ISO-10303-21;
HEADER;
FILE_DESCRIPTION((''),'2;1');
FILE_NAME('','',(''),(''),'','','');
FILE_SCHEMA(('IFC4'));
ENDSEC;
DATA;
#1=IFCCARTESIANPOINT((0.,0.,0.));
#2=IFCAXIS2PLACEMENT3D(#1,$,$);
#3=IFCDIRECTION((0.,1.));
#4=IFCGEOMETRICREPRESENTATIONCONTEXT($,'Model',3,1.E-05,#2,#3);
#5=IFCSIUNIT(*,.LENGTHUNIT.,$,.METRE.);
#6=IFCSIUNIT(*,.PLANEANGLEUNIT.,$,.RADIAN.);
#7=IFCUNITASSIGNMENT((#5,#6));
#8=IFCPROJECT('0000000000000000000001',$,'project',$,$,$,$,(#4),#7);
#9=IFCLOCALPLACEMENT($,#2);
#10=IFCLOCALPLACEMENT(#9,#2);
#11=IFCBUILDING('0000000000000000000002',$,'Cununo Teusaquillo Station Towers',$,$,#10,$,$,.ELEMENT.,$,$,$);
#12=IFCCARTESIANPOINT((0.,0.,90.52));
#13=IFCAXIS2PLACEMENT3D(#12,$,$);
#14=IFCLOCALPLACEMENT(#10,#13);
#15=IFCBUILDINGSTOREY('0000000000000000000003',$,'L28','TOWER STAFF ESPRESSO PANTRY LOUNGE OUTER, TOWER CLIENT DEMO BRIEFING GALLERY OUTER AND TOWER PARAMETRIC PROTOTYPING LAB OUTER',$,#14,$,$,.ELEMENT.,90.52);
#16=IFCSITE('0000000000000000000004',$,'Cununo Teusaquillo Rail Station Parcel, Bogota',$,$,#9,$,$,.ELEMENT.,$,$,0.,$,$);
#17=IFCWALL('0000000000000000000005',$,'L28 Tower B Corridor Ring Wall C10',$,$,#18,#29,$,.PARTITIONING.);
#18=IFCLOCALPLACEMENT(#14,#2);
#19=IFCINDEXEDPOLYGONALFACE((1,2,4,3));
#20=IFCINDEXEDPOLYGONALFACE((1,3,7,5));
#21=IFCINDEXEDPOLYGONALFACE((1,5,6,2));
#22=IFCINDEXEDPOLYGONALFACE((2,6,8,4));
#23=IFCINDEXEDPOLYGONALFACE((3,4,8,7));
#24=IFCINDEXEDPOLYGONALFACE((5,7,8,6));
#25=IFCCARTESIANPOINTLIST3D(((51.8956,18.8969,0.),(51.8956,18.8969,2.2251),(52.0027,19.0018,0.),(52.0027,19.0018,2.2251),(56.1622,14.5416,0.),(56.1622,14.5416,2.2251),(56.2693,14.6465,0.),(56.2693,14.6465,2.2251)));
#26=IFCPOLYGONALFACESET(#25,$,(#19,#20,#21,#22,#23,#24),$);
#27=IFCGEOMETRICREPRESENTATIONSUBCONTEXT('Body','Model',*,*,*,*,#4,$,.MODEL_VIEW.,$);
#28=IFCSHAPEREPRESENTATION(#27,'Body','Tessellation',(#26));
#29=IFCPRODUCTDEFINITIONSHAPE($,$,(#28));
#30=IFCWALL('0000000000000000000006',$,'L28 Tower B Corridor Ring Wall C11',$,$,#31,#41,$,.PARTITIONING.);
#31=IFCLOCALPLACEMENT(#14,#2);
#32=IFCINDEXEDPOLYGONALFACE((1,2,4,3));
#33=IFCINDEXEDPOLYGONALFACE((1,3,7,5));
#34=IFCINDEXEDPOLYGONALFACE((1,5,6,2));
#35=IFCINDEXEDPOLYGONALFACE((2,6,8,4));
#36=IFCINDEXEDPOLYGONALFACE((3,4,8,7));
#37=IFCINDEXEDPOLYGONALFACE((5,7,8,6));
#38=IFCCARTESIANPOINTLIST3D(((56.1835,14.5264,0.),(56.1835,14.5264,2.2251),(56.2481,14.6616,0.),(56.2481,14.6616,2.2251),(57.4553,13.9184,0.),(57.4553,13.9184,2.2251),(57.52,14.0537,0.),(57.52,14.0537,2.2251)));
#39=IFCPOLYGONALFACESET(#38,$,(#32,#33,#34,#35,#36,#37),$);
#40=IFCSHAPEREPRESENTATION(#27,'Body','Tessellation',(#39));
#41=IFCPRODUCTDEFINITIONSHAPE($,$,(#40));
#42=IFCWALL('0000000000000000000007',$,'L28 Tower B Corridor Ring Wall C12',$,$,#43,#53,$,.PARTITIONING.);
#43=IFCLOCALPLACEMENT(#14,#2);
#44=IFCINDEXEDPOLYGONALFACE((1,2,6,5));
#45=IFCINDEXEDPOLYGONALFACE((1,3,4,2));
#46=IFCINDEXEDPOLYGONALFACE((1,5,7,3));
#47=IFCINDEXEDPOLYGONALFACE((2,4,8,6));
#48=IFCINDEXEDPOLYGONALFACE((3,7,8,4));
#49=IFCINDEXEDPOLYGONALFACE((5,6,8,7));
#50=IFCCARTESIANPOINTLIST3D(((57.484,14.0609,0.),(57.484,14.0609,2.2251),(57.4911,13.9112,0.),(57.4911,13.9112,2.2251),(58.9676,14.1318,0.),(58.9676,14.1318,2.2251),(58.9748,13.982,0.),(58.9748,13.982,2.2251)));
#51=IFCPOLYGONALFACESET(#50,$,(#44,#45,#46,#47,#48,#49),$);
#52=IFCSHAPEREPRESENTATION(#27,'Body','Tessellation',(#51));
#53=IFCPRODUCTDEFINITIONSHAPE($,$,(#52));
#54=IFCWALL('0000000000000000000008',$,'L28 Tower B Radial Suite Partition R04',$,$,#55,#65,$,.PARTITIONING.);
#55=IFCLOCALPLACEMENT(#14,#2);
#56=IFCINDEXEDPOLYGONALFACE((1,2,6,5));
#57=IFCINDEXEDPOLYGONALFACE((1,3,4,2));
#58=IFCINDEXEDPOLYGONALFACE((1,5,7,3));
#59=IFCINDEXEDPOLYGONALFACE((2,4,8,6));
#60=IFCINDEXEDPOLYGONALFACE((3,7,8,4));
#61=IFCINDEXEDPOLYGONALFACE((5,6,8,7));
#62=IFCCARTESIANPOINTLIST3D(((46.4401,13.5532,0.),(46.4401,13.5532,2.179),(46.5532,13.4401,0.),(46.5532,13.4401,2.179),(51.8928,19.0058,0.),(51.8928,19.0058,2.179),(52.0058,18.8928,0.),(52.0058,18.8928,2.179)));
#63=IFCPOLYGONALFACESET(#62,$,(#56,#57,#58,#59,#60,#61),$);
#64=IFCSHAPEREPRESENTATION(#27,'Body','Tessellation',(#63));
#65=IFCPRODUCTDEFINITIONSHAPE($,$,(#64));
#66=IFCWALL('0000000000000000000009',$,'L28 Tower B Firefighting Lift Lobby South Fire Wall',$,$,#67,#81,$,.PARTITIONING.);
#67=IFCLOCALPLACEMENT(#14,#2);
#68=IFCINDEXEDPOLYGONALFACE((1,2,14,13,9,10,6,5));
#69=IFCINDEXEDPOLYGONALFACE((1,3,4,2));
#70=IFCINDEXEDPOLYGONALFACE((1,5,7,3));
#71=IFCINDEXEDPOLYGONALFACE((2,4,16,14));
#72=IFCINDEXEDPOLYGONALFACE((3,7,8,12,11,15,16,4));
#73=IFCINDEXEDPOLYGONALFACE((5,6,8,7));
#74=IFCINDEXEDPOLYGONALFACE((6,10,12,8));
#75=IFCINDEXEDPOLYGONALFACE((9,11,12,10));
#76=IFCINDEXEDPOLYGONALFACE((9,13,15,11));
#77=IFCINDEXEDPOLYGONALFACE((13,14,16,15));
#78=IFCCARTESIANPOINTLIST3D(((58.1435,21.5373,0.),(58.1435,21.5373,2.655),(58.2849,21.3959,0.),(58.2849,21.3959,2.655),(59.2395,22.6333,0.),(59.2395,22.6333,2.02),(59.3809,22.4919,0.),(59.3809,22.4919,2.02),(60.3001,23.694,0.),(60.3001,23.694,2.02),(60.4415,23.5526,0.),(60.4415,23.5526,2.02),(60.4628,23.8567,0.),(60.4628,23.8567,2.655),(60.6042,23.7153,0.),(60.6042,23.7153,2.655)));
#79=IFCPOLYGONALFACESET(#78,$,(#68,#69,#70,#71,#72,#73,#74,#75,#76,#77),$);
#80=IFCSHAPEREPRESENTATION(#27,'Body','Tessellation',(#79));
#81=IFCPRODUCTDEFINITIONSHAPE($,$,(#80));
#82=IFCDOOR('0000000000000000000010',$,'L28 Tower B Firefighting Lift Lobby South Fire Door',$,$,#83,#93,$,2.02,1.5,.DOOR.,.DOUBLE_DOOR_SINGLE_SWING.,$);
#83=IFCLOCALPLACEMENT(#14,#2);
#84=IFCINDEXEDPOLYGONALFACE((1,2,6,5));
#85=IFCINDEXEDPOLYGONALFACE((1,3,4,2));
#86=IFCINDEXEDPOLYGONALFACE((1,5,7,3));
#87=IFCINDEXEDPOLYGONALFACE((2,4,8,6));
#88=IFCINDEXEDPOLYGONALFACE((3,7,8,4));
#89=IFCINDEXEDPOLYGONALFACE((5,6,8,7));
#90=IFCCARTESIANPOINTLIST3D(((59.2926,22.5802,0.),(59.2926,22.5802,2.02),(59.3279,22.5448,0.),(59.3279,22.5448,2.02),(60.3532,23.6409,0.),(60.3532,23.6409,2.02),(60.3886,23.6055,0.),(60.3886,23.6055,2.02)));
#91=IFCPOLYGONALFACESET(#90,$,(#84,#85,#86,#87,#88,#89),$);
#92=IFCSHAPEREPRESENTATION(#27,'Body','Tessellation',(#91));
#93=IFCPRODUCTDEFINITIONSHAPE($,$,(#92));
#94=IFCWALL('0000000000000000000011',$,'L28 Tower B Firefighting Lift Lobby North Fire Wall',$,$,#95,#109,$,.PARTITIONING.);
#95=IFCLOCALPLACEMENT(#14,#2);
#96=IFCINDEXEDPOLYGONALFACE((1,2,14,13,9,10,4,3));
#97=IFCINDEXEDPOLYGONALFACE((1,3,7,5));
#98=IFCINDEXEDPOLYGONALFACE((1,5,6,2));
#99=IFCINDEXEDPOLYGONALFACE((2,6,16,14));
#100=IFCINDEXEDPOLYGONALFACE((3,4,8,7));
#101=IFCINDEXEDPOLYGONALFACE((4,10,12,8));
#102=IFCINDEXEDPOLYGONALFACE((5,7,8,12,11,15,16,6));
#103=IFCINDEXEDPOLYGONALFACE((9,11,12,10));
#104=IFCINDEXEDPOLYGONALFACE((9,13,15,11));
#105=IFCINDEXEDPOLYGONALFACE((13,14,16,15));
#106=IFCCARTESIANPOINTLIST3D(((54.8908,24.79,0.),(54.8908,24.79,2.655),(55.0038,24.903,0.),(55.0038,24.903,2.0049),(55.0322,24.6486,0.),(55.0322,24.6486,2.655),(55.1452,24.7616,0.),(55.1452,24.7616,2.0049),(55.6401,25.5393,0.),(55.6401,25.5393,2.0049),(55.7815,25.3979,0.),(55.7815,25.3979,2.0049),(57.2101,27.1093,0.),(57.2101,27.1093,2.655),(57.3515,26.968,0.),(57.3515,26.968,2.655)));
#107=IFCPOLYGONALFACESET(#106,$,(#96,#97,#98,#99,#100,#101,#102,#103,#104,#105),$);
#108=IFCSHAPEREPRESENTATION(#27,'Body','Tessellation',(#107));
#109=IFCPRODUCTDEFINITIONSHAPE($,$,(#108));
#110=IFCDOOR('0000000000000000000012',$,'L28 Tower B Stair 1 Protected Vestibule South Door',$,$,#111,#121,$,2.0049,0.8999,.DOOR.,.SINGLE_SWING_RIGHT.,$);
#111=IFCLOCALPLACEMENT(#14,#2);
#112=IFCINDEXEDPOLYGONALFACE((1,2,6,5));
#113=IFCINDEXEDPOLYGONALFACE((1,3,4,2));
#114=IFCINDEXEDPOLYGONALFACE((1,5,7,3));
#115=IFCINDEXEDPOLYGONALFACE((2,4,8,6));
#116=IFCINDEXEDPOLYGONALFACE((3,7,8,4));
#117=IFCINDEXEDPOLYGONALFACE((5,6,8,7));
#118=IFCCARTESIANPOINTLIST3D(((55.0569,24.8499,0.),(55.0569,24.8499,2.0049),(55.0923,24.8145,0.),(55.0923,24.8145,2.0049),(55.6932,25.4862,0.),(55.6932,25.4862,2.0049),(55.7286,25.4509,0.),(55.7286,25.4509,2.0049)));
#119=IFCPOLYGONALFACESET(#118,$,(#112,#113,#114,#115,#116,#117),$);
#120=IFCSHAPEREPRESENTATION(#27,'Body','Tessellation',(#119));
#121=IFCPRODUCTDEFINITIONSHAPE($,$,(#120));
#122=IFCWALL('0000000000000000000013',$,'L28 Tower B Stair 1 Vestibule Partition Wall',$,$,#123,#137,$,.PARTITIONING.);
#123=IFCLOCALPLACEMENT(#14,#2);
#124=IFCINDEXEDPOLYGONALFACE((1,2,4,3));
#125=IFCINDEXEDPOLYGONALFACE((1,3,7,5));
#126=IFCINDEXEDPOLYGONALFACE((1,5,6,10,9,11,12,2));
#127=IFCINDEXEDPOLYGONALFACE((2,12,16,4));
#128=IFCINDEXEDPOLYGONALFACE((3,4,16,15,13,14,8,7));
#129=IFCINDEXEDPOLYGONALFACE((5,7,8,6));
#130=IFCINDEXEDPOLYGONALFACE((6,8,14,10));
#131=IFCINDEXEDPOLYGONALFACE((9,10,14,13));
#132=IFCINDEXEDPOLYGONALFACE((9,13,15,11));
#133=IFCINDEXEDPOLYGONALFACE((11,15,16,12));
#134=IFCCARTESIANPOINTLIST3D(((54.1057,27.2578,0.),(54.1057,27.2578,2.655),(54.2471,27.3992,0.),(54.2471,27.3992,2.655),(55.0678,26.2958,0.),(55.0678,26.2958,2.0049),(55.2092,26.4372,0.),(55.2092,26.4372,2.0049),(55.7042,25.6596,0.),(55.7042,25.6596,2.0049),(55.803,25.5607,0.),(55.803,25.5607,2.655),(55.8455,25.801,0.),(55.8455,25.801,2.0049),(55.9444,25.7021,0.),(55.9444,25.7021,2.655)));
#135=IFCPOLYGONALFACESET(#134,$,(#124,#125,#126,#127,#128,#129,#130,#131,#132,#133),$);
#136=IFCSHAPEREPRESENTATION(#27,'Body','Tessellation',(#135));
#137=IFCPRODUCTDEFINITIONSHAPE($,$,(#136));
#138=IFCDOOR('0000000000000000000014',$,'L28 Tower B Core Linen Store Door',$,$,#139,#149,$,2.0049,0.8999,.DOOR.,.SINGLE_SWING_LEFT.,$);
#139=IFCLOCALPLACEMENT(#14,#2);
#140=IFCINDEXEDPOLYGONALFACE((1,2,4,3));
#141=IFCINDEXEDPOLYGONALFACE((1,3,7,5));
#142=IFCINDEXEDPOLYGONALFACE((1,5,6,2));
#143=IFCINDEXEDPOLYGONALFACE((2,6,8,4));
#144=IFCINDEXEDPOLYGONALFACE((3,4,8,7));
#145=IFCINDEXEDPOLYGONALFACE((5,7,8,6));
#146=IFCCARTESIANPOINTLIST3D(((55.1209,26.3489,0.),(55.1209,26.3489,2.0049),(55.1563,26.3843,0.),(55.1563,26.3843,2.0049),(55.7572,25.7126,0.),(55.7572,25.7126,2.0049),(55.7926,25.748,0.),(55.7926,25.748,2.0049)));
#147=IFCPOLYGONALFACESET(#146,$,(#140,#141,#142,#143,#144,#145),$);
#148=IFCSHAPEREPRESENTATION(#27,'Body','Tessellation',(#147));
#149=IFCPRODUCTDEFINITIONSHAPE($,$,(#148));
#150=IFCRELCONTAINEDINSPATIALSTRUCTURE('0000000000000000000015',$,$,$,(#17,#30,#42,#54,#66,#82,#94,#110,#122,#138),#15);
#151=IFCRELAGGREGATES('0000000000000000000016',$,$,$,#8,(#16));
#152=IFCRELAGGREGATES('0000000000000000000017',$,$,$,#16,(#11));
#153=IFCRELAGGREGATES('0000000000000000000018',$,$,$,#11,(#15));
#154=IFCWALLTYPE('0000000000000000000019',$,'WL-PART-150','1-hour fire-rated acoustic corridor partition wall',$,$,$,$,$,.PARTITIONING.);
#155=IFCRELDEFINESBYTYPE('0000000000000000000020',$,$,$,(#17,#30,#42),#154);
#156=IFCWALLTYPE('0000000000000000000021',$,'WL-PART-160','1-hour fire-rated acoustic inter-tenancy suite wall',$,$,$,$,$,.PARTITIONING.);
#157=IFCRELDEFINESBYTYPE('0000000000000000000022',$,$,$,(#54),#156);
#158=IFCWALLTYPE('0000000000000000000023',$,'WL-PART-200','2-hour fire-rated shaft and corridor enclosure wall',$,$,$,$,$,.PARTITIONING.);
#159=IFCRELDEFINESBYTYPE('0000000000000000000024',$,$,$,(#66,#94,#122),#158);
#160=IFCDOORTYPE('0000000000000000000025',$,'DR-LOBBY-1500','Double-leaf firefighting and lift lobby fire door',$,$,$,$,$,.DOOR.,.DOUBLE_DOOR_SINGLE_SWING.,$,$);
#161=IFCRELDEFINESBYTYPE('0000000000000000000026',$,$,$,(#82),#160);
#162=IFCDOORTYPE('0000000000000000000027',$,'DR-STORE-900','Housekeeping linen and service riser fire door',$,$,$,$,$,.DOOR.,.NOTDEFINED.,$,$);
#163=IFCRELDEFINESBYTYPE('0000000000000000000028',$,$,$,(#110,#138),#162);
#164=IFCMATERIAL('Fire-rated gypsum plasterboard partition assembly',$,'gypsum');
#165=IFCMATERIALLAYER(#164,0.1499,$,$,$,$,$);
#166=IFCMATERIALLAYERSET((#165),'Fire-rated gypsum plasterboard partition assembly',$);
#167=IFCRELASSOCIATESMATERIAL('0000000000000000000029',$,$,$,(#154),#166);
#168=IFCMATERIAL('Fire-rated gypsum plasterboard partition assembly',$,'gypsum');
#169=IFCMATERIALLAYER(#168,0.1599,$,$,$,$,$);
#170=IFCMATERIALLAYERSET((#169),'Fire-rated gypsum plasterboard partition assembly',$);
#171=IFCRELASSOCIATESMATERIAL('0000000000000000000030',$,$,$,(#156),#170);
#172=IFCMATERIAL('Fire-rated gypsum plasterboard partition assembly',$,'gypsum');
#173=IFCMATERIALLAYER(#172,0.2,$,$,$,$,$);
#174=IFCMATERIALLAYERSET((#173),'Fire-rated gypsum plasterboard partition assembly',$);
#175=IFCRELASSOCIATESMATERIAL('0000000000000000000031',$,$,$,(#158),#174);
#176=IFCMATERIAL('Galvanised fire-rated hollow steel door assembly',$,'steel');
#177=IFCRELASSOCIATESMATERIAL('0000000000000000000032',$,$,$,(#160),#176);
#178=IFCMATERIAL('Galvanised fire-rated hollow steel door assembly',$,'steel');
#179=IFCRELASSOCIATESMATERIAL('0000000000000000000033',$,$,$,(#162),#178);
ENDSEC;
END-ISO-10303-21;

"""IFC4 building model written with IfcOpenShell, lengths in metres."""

from ifc_helpers import new_model, si_unit, direction, frame, frame_2d, origin, place, context, subcontext, project, spatial, rectangle, extrude, source, transform, mapped, material, layer, layer_set, type_object, element, fill, save


model = new_model("IFC4")

# Units and contexts
model_context = context("Model", 3, precision=1e-05, world=origin(), true_north=direction((0.0, 1.0)))
body_context = subcontext(model_context, "Body", "Model", "MODEL_VIEW")
ifc_project = project(units=[si_unit("LENGTHUNIT", "METRE"), si_unit("PLANEANGLEUNIT", "RADIAN")], contexts=[model_context])

# Site, building, storey
site_placement = place(None, origin())
site = spatial("IfcSite", under=ifc_project, at=site_placement, Name="Cununo Teusaquillo Rail Station Parcel, Bogota", CompositionType="ELEMENT", RefElevation=0.0)
building_placement = place(site_placement, origin())
building = spatial("IfcBuilding", under=site, at=building_placement, Name="Cununo Teusaquillo Station Towers", CompositionType="ELEMENT")
storey_placement = place(building_placement, frame((0.0, 0.0, 90.52)))
storey = spatial("IfcBuildingStorey", under=building, at=storey_placement, Name="L28", Description="TOWER STAFF ESPRESSO PANTRY LOUNGE OUTER, TOWER CLIENT DEMO BRIEFING GALLERY OUTER AND TOWER PARAMETRIC PROTOTYPING LAB OUTER", CompositionType="ELEMENT", Elevation=90.52)

# Walls
ifc_material_1 = material(Name="Fire-rated gypsum plasterboard partition assembly", Category="gypsum")
ifc_layer_1 = layer(ifc_material_1, 0.1499)
ifc_layer_set_1 = layer_set([ifc_layer_1], Name="Fire-rated gypsum plasterboard partition assembly")
wall_type_1 = type_object("IfcWallType", Name="WL-PART-150", Description="1-hour fire-rated acoustic corridor partition wall", PredefinedType="PARTITIONING", material=ifc_layer_set_1)
wall_1_placement = place(storey_placement, frame((51.9492, 18.9492, 0.0), z_axis=(0.0, 0.0, 1.0), x_axis=(0.699802, -0.714337, 0.0)))
element("IfcWall", 1, at=wall_1_placement, inside=storey, type_object=wall_type_1, Name="L28 Tower B Corridor Ring Wall C10", PredefinedType="PARTITIONING", context=body_context, shape_type="SweptSolid", body=[
    extrude(rectangle(XDim=6.0969, YDim=0.1499, at=frame_2d((3.0483, 0.0))), origin(), (0.0, 0.0, 1.0), 2.2251),
])
wall_2_placement = place(storey_placement, frame((56.2158, 14.594, 0.0), z_axis=(0.0, 0.0, 1.0), x_axis=(0.902219, -0.431278, 0.0)))
element("IfcWall", 2, at=wall_2_placement, inside=storey, type_object=wall_type_1, Name="L28 Tower B Corridor Ring Wall C11", PredefinedType="PARTITIONING", context=body_context, shape_type="SweptSolid", body=[
    extrude(rectangle(XDim=1.4097, YDim=0.1499, at=frame_2d((0.7048, 0.0))), origin(), (0.0, 0.0, 1.0), 2.2251),
])
wall_3_placement = place(storey_placement, frame((57.4875, 13.9861, 0.0), z_axis=(0.0, 0.0, 1.0), x_axis=(0.998863, 0.047667, 0.0)))
element("IfcWall", 3, at=wall_3_placement, inside=storey, type_object=wall_type_1, Name="L28 Tower B Corridor Ring Wall C12", PredefinedType="PARTITIONING", context=body_context, shape_type="SweptSolid", body=[
    extrude(rectangle(XDim=1.4854, YDim=0.1499, at=frame_2d((0.7427, 0.0))), origin(), (0.0, 0.0, 1.0), 2.2251),
])
ifc_material_2 = material(Name="Fire-rated gypsum plasterboard partition assembly", Category="gypsum")
ifc_layer_2 = layer(ifc_material_2, 0.1599)
ifc_layer_set_2 = layer_set([ifc_layer_2], Name="Fire-rated gypsum plasterboard partition assembly")
wall_type_2 = type_object("IfcWallType", Name="WL-PART-160", Description="1-hour fire-rated acoustic inter-tenancy suite wall", PredefinedType="PARTITIONING", material=ifc_layer_set_2)
wall_4_placement = place(storey_placement, frame((51.9492, 18.9492, 0.0), z_axis=(0.0, 0.0, 1.0), x_axis=(-0.707107, -0.707107, 0.0)))
element("IfcWall", 4, at=wall_4_placement, inside=storey, type_object=wall_type_2, Name="L28 Tower B Radial Suite Partition R04", PredefinedType="PARTITIONING", context=body_context, shape_type="SweptSolid", body=[
    extrude(rectangle(XDim=7.7112, YDim=0.1599, at=frame_2d((3.8555, 0.0))), origin(), (0.0, 0.0, 1.0), 2.179),
])

# Walls, openings, doors
ifc_material_3 = material(Name="Fire-rated gypsum plasterboard partition assembly", Category="gypsum")
ifc_layer_3 = layer(ifc_material_3, 0.2)
ifc_layer_set_3 = layer_set([ifc_layer_3], Name="Fire-rated gypsum plasterboard partition assembly")
wall_type_3 = type_object("IfcWallType", Name="WL-PART-200", Description="2-hour fire-rated shaft and corridor enclosure wall", PredefinedType="PARTITIONING", material=ifc_layer_set_3)
wall_5_placement = place(storey_placement, frame((58.2141, 21.4666, 0.0), z_axis=(0.0, 0.0, 1.0), x_axis=(0.707107, 0.707107, 0.0)))
wall_5 = element("IfcWall", 5, at=wall_5_placement, inside=storey, type_object=wall_type_3, Name="L28 Tower B Firefighting Lift Lobby South Fire Wall", PredefinedType="PARTITIONING", context=body_context, shape_type="SweptSolid", body=[
    extrude(rectangle(XDim=3.28, YDim=0.2, at=frame_2d((1.6401, 0.0))), origin(), (0.0, 0.0, 1.0), 2.655),
])
shared_shape_1 = source(origin(), body_context, "Body", "SweptSolid", [
    extrude(rectangle(XDim=1.5, YDim=2.02, at=frame_2d((0.75, 1.01))), frame((0.0, 0.1099, 0.0), z_axis=(0.0, -1.0, 0.0), x_axis=(1.0, 0.0, 0.0)), (0.0, 0.0, 1.0), 0.22),
])
opening_1_placement = place(wall_5_placement, frame((1.55, 0.0, 0.0)))
opening_1 = element("IfcOpeningElement", 6, at=opening_1_placement, cuts=wall_5, PredefinedType="OPENING", context=body_context, shape_type="MappedRepresentation", body=[
    mapped(shared_shape_1, transform((0.0, 0.0, 0.0), x_axis=(1.0, 0.0, 0.0), y_axis=(0.0, 1.0, 0.0), z_axis=(0.0, 0.0, 1.0), scale=1.0)),
])
ifc_material_4 = material(Name="Galvanised fire-rated hollow steel door assembly", Category="steel")
door_type_1 = type_object("IfcDoorType", Name="DR-LOBBY-1500", Description="Double-leaf firefighting and lift lobby fire door", OperationType="DOUBLE_DOOR_SINGLE_SWING", PredefinedType="DOOR", material=ifc_material_4)
shared_shape_2 = source(origin(), body_context, "Body", "SweptSolid", [
    extrude(rectangle(XDim=1.5, YDim=2.02, at=frame_2d((0.75, 1.01))), frame((0.0, 0.0249, 0.0), z_axis=(0.0, -1.0, 0.0), x_axis=(1.0, 0.0, 0.0)), (0.0, 0.0, 1.0), 0.05),
])
door_1_placement = place(opening_1_placement, origin())
door_1 = element("IfcDoor", 7, at=door_1_placement, inside=storey, type_object=door_type_1, Name="L28 Tower B Firefighting Lift Lobby South Fire Door", OperationType="DOUBLE_DOOR_SINGLE_SWING", OverallHeight=2.02, OverallWidth=1.5, PredefinedType="DOOR", context=body_context, shape_type="MappedRepresentation", body=[
    mapped(shared_shape_2, transform((0.0, 0.0, 0.0), x_axis=(1.0, 0.0, 0.0), y_axis=(0.0, 1.0, 0.0), z_axis=(0.0, 0.0, 1.0), scale=1.0)),
])
fill(opening_1, door_1)
wall_6_placement = place(storey_placement, frame((54.9614, 24.7192, 0.0), z_axis=(0.0, 0.0, 1.0), x_axis=(0.707107, 0.707107, 0.0)))
wall_6 = element("IfcWall", 8, at=wall_6_placement, inside=storey, type_object=wall_type_3, Name="L28 Tower B Firefighting Lift Lobby North Fire Wall", PredefinedType="PARTITIONING", context=body_context, shape_type="SweptSolid", body=[
    extrude(rectangle(XDim=3.28, YDim=0.2, at=frame_2d((1.6401, 0.0))), origin(), (0.0, 0.0, 1.0), 2.655),
])
shared_shape_3 = source(origin(), body_context, "Body", "SweptSolid", [
    extrude(rectangle(XDim=0.8999, YDim=2.0049, at=frame_2d((0.45, 1.0024))), frame((0.0, 0.1099, 0.0), z_axis=(0.0, -1.0, 0.0), x_axis=(1.0, 0.0, 0.0)), (0.0, 0.0, 1.0), 0.22),
])
opening_2_placement = place(wall_6_placement, frame((0.1599, 0.0, 0.0)))
opening_2 = element("IfcOpeningElement", 9, at=opening_2_placement, cuts=wall_6, PredefinedType="OPENING", context=body_context, shape_type="MappedRepresentation", body=[
    mapped(shared_shape_3, transform((0.0, 0.0, 0.0), x_axis=(1.0, 0.0, 0.0), y_axis=(0.0, 1.0, 0.0), z_axis=(0.0, 0.0, 1.0), scale=1.0)),
])
ifc_material_5 = material(Name="Galvanised fire-rated hollow steel door assembly", Category="steel")
door_type_2 = type_object("IfcDoorType", Name="DR-STORE-900", Description="Housekeeping linen and service riser fire door", OperationType="NOTDEFINED", PredefinedType="DOOR", material=ifc_material_5)
shared_shape_4 = source(origin(), body_context, "Body", "SweptSolid", [
    extrude(rectangle(XDim=0.8999, YDim=2.0049, at=frame_2d((0.45, 1.0024))), frame((0.0, 0.0249, 0.0), z_axis=(0.0, -1.0, 0.0), x_axis=(1.0, 0.0, 0.0)), (0.0, 0.0, 1.0), 0.05),
])
door_2_placement = place(opening_2_placement, origin())
door_2 = element("IfcDoor", 10, at=door_2_placement, inside=storey, type_object=door_type_2, Name="L28 Tower B Stair 1 Protected Vestibule South Door", OperationType="SINGLE_SWING_RIGHT", OverallHeight=2.0049, OverallWidth=0.8999, PredefinedType="DOOR", context=body_context, shape_type="MappedRepresentation", body=[
    mapped(shared_shape_4, transform((0.0, 0.0, 0.0), x_axis=(1.0, 0.0, 0.0), y_axis=(0.0, 1.0, 0.0), z_axis=(0.0, 0.0, 1.0), scale=1.0)),
])
fill(opening_2, door_2)
wall_7_placement = place(storey_placement, frame((55.8738, 25.6313, 0.0), z_axis=(0.0, 0.0, 1.0), x_axis=(-0.707158, 0.707056, 0.0)))
wall_7 = element("IfcWall", 11, at=wall_7_placement, inside=storey, type_object=wall_type_3, Name="L28 Tower B Stair 1 Vestibule Partition Wall", PredefinedType="PARTITIONING", context=body_context, shape_type="SweptSolid", body=[
    extrude(rectangle(XDim=2.4001, YDim=0.2, at=frame_2d((1.2002, 0.0))), origin(), (0.0, 0.0, 1.0), 2.655),
])
opening_3_placement = place(wall_7_placement, frame((0.1399, 0.0, 0.0)))
opening_3 = element("IfcOpeningElement", 12, at=opening_3_placement, cuts=wall_7, PredefinedType="OPENING", context=body_context, shape_type="MappedRepresentation", body=[
    mapped(shared_shape_3, transform((0.0, 0.0, 0.0), x_axis=(1.0, 0.0, 0.0), y_axis=(0.0, 1.0, 0.0), z_axis=(0.0, 0.0, 1.0), scale=1.0)),
])
door_3_placement = place(opening_3_placement, origin())
door_3 = element("IfcDoor", 13, at=door_3_placement, inside=storey, type_object=door_type_2, Name="L28 Tower B Core Linen Store Door", OperationType="SINGLE_SWING_LEFT", OverallHeight=2.0049, OverallWidth=0.8999, PredefinedType="DOOR", context=body_context, shape_type="MappedRepresentation", body=[
    mapped(shared_shape_4, transform((0.0, 0.0, 0.0), x_axis=(1.0, 0.0, 0.0), y_axis=(0.0, 1.0, 0.0), z_axis=(0.0, 0.0, 1.0), scale=1.0)),
])
fill(opening_3, door_3)

save(model, "model.ifc")
